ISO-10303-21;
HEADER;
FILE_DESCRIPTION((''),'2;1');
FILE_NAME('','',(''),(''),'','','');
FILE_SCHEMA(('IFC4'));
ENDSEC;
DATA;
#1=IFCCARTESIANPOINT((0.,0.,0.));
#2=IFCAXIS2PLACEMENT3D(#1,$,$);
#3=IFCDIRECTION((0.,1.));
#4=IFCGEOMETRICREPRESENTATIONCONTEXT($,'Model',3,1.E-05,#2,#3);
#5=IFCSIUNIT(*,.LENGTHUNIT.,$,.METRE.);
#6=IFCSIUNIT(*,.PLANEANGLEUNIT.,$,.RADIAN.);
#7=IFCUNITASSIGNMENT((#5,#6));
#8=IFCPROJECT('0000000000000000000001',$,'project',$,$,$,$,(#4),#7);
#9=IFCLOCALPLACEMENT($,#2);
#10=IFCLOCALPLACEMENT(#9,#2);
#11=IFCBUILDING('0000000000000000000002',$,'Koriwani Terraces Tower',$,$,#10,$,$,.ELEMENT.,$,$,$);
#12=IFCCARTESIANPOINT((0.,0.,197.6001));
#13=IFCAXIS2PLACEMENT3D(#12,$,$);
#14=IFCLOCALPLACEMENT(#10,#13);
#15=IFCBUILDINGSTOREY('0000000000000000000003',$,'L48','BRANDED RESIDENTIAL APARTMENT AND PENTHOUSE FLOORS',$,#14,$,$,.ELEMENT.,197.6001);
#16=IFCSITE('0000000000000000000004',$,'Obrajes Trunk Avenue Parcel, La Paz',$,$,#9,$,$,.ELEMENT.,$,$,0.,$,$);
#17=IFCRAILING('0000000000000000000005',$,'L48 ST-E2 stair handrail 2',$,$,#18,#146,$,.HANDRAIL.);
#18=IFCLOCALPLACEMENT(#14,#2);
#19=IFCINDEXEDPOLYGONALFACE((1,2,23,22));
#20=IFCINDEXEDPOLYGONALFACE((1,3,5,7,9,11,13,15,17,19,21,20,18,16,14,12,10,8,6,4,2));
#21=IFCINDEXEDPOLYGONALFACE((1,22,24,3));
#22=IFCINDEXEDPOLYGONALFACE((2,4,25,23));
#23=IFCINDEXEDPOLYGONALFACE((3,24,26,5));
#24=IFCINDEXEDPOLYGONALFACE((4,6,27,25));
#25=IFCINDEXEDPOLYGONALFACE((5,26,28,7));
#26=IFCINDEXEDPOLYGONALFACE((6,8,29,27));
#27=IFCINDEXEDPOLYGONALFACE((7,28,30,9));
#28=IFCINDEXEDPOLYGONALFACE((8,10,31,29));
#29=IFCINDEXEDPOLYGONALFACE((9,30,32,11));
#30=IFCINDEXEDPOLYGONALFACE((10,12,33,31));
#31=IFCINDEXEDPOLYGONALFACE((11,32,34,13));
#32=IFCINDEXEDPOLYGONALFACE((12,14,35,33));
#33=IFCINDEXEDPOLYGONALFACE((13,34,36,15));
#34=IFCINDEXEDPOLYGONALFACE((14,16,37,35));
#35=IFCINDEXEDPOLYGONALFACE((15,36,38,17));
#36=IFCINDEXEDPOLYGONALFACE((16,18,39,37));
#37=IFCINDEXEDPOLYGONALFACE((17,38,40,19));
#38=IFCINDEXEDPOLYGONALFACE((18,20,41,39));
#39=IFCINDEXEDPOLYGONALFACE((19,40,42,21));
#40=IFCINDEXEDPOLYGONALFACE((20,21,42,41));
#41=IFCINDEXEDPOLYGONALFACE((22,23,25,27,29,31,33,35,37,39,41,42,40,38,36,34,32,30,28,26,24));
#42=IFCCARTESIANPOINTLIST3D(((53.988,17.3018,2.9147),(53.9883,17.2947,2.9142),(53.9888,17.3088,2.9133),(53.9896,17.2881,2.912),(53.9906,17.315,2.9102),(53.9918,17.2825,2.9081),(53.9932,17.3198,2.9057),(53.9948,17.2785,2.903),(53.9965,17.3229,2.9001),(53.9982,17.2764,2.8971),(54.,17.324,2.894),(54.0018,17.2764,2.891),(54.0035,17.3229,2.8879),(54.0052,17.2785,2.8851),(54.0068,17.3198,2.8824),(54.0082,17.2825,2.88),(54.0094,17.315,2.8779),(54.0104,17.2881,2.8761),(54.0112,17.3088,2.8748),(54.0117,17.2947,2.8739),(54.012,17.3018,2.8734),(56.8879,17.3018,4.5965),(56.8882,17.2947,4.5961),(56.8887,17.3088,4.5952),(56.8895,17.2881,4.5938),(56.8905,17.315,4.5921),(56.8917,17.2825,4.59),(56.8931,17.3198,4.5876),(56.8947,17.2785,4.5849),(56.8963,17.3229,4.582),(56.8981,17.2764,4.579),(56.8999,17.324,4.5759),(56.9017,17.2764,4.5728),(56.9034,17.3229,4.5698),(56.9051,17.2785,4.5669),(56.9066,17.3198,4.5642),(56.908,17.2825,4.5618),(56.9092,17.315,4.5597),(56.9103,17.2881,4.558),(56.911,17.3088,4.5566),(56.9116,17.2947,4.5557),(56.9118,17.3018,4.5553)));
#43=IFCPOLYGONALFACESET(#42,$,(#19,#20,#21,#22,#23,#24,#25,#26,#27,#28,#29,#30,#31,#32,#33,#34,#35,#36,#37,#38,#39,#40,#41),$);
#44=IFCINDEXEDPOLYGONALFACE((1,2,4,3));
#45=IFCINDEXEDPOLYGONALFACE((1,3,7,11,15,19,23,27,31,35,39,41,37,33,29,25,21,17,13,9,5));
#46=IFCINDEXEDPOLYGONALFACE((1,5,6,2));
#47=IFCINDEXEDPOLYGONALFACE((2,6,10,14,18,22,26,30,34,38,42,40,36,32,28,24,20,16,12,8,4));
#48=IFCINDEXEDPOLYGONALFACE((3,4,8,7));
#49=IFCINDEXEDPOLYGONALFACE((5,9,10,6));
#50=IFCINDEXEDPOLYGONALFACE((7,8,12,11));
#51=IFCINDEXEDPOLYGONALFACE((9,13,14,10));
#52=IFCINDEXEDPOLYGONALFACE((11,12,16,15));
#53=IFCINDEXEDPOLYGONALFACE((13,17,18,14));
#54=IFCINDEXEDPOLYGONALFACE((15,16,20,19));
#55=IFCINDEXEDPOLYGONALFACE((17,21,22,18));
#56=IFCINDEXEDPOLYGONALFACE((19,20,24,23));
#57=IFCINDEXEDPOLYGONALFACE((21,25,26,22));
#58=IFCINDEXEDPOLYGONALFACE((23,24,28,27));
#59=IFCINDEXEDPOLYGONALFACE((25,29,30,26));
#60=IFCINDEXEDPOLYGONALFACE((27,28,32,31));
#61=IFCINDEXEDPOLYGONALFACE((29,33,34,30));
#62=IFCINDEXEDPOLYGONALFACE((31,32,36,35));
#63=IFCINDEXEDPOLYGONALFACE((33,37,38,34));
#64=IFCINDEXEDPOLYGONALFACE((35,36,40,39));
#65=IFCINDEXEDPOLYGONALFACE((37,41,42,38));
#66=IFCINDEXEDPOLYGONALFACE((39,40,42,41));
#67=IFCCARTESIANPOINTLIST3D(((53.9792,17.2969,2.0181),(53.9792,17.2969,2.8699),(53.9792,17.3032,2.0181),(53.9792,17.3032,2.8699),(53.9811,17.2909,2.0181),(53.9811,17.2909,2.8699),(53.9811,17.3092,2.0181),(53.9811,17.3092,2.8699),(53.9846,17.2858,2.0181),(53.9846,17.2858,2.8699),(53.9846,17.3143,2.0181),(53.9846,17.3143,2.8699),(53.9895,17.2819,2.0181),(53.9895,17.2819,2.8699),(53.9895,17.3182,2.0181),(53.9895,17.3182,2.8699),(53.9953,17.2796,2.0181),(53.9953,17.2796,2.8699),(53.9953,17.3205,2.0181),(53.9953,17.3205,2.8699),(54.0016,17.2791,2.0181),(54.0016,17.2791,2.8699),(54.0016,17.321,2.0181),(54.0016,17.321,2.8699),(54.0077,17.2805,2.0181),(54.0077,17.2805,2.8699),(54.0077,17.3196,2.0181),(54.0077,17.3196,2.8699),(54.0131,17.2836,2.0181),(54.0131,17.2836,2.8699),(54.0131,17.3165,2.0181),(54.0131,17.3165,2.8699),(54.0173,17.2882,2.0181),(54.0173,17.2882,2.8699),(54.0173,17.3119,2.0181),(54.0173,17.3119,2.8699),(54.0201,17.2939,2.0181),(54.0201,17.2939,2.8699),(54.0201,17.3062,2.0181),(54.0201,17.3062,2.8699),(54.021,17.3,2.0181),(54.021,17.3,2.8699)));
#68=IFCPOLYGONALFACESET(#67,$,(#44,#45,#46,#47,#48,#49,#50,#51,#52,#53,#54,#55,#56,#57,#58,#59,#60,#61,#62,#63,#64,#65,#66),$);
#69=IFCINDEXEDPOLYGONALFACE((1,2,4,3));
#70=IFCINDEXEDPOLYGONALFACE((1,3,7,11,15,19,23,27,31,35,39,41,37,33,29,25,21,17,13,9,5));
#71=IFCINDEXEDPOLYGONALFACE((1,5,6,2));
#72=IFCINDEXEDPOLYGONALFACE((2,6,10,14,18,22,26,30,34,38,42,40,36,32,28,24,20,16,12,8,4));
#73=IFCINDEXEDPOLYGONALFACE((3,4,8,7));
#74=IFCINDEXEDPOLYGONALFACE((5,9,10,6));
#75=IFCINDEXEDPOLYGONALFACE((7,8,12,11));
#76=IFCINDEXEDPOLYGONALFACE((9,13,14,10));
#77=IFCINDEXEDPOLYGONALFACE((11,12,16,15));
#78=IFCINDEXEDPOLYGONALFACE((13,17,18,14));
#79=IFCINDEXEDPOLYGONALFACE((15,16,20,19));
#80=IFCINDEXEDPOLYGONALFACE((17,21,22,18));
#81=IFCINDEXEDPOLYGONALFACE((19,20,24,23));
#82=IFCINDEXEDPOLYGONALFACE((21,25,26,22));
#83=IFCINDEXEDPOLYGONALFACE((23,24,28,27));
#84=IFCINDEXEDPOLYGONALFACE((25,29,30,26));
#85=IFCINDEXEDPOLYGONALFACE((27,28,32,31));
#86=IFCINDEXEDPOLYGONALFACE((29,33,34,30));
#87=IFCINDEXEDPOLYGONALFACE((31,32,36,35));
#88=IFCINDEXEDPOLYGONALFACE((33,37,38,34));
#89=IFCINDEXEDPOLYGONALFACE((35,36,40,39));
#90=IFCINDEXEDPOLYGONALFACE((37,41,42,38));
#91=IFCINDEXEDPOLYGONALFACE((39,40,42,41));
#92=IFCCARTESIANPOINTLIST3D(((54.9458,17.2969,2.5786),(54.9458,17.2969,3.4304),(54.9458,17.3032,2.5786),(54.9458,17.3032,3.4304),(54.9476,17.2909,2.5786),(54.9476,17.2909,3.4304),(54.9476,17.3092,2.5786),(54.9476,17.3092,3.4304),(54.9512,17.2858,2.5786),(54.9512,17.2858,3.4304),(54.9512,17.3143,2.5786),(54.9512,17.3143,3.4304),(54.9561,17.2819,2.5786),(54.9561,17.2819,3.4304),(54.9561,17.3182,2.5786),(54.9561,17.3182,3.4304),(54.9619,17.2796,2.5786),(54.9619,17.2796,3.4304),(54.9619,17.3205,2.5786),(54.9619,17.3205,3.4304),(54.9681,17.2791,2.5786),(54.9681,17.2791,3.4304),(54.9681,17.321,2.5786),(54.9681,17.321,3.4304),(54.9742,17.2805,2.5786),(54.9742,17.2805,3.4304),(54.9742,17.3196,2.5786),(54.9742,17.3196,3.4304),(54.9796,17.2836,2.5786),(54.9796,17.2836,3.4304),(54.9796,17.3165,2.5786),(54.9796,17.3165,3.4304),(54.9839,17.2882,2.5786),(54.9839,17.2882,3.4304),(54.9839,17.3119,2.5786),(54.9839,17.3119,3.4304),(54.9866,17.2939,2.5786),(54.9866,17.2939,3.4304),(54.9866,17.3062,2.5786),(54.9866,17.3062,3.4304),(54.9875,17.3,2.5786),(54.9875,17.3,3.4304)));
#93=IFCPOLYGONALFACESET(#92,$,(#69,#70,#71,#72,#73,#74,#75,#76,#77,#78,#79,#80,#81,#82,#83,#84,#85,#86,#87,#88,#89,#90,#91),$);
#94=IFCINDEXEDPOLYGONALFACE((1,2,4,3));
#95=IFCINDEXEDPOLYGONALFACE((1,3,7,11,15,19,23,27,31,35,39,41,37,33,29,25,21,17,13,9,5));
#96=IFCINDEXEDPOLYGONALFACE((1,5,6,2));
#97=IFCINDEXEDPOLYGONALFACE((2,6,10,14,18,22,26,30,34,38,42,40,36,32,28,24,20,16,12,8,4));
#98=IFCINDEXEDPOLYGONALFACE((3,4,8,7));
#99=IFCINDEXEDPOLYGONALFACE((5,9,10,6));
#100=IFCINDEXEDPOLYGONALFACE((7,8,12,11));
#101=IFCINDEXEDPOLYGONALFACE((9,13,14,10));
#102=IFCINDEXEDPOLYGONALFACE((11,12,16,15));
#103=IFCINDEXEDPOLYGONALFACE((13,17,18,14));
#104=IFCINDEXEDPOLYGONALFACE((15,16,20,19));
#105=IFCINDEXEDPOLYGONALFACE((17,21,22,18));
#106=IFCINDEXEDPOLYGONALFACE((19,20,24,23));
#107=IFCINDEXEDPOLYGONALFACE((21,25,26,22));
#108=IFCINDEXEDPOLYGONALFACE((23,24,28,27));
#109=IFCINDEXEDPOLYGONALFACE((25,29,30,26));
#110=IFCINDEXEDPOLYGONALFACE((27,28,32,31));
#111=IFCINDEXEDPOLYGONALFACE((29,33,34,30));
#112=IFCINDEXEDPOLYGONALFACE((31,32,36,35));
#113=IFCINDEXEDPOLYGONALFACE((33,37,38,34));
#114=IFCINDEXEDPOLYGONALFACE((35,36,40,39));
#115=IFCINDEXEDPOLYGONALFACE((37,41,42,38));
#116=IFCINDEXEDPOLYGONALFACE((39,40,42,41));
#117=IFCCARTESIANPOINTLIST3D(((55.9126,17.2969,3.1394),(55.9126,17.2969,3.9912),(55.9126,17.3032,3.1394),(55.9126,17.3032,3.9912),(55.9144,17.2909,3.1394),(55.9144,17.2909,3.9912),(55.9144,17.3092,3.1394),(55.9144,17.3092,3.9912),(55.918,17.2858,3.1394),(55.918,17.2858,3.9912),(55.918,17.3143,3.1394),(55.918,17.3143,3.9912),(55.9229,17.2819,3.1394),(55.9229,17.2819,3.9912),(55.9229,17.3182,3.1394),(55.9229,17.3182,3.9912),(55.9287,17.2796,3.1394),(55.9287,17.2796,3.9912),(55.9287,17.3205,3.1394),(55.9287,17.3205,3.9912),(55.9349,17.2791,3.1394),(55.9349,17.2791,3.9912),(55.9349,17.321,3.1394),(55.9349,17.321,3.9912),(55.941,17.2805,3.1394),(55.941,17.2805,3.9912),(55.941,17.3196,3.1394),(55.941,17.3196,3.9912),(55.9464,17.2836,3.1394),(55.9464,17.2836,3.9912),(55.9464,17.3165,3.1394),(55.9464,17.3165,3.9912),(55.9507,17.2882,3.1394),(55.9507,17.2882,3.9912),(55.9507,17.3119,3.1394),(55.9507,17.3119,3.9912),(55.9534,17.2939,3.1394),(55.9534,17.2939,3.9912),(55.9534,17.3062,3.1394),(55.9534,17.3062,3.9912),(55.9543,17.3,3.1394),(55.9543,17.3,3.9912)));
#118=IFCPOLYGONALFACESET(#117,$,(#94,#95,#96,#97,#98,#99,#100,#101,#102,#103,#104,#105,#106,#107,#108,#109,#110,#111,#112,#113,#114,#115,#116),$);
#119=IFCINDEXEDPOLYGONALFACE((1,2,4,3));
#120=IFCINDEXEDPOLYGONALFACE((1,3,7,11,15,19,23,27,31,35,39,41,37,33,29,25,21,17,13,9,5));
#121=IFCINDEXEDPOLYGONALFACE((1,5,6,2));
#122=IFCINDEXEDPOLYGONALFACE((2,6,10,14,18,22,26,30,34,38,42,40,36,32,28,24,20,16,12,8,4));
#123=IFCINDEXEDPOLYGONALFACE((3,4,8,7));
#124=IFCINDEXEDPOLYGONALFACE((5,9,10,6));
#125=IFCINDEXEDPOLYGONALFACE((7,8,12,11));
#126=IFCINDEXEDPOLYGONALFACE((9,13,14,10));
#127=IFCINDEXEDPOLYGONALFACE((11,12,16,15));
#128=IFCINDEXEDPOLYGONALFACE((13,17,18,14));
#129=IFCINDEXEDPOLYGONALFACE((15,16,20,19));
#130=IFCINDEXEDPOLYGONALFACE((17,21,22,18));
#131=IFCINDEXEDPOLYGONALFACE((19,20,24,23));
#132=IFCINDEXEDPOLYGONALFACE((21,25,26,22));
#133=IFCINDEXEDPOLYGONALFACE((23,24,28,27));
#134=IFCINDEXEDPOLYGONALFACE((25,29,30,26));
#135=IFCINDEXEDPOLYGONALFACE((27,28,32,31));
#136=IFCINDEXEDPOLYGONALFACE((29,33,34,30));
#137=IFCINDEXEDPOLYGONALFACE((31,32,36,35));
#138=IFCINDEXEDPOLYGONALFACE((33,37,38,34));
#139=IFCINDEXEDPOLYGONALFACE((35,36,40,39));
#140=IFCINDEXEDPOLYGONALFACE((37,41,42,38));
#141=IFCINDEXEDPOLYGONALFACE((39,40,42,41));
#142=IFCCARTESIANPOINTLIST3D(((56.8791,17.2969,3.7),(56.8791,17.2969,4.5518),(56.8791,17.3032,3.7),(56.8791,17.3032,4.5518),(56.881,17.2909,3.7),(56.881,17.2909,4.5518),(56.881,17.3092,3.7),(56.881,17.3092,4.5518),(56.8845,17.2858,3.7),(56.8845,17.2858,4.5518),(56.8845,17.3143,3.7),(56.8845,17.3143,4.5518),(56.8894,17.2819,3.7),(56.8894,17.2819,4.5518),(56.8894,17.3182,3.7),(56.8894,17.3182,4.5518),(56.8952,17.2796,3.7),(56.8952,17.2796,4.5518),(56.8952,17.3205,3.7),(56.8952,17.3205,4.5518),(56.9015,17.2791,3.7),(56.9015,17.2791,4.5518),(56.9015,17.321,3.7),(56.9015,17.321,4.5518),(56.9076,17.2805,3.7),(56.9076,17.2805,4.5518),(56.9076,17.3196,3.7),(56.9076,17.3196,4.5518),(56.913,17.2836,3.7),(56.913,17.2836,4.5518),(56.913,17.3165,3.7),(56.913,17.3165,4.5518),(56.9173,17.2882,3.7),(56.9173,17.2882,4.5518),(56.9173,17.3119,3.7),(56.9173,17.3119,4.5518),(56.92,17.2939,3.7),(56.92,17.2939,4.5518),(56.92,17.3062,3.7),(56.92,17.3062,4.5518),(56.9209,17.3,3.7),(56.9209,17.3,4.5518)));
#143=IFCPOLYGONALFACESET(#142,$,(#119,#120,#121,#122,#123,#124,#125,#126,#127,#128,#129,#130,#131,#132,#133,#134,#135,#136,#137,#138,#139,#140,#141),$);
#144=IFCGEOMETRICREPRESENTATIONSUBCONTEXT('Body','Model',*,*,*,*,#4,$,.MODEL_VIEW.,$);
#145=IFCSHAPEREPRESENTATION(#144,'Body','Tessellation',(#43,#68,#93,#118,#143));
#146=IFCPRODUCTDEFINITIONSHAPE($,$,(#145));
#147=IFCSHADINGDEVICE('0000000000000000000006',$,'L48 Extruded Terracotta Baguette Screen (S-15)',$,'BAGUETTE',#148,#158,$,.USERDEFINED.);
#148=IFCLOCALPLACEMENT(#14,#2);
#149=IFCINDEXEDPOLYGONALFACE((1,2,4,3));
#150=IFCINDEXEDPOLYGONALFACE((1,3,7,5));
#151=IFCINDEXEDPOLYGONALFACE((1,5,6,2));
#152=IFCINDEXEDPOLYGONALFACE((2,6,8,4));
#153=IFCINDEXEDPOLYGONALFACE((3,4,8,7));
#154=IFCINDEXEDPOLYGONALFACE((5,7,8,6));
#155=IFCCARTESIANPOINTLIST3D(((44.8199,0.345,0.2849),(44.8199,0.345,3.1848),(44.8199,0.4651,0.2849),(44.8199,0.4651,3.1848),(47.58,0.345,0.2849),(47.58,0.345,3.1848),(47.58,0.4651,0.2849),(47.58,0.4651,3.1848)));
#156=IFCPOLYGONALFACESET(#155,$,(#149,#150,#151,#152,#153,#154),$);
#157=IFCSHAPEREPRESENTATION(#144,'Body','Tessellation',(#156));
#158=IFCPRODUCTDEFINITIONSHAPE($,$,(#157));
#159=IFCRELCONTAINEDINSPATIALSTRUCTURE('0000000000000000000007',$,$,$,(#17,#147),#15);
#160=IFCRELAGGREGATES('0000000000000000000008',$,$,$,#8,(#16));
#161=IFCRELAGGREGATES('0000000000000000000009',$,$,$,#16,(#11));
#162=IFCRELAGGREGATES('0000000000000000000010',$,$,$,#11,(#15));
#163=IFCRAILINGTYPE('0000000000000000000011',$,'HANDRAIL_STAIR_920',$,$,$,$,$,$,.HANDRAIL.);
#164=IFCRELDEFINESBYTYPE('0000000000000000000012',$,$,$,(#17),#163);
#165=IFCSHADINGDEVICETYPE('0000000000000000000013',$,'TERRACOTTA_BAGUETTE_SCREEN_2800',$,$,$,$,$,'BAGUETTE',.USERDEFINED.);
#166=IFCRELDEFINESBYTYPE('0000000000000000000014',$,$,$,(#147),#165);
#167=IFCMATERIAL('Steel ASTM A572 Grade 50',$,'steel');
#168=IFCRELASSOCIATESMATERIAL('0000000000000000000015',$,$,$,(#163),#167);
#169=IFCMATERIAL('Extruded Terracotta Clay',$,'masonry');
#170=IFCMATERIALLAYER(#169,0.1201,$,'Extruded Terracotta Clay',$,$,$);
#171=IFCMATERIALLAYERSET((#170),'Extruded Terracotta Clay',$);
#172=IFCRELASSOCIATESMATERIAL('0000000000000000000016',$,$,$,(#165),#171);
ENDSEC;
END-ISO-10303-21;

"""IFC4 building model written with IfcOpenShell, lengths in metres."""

from ifc_helpers import new_model, si_unit, direction, frame, origin, origin_2d, place, context, subcontext, project, spatial, rectangle, circle, extrude, material, layer, layer_set, type_object, element, save


model = new_model("IFC4")

# Units and contexts
model_context = context("Model", 3, precision=1e-05, world=origin(), true_north=direction((0.0, 1.0)))
body_context = subcontext(model_context, "Body", "Model", "MODEL_VIEW")
ifc_project = project(units=[si_unit("LENGTHUNIT", "METRE"), si_unit("PLANEANGLEUNIT", "RADIAN")], contexts=[model_context])

# Site, building, storey
site_placement = place(None, origin())
site = spatial("IfcSite", under=ifc_project, at=site_placement, Name="Obrajes Trunk Avenue Parcel, La Paz", CompositionType="ELEMENT", RefElevation=0.0)
building_placement = place(site_placement, origin())
building = spatial("IfcBuilding", under=site, at=building_placement, Name="Koriwani Terraces Tower", CompositionType="ELEMENT")
storey_placement = place(building_placement, frame((0.0, 0.0, 197.6001)))
storey = spatial("IfcBuildingStorey", under=building, at=storey_placement, Name="L48", Description="BRANDED RESIDENTIAL APARTMENT AND PENTHOUSE FLOORS", CompositionType="ELEMENT", Elevation=197.6001)

# Shared definitions
ifc_material_1 = material(Name="Steel ASTM A572 Grade 50", Category="steel")

# Railing
railing_type = type_object("IfcRailingType", Name="HANDRAIL_STAIR_920", PredefinedType="HANDRAIL", material=ifc_material_1)
railing_placement = place(storey_placement, frame((54.0, 17.3, 2.0181)))
element("IfcRailing", 1, at=railing_placement, inside=storey, type_object=railing_type, Name="L48 ST-E2 stair handrail 2", PredefinedType="HANDRAIL", context=body_context, shape_type="SweptSolid", body=[
    extrude(circle(Radius=0.0239, at=origin_2d()), frame((0.0, 0.0, 0.876), z_axis=(0.865039, 0.0, 0.501705), x_axis=(0.0, 1.0, 0.0)), (0.0, 0.0, 1.0), 3.3523),
    extrude(circle(Radius=0.021, at=origin_2d()), origin(), (0.0, 0.0, 1.0), 0.8518),
    extrude(circle(Radius=0.021, at=origin_2d()), frame((0.9666, 0.0, 0.5605)), (0.0, 0.0, 1.0), 0.8518),
    extrude(circle(Radius=0.021, at=origin_2d()), frame((1.9333, 0.0, 1.1213)), (0.0, 0.0, 1.0), 0.8518),
    extrude(circle(Radius=0.021, at=origin_2d()), frame((2.8999, 0.0, 1.6819)), (0.0, 0.0, 1.0), 0.8518),
])

# Shading device
ifc_material_2 = material(Name="Extruded Terracotta Clay", Category="masonry")
ifc_layer_1 = layer(ifc_material_2, 0.1201, Name="Extruded Terracotta Clay")
ifc_layer_set_1 = layer_set([ifc_layer_1], Name="Extruded Terracotta Clay")
shading_device_type = type_object("IfcShadingDeviceType", Name="TERRACOTTA_BAGUETTE_SCREEN_2800", ElementType="BAGUETTE", PredefinedType="USERDEFINED", material=ifc_layer_set_1)
shading_device_placement = place(storey_placement, frame((46.2, 0.405, 0.2849), z_axis=(0.0, 0.0, 1.0), x_axis=(-1.0, 0.0, 0.0)))
element("IfcShadingDevice", 2, at=shading_device_placement, inside=storey, type_object=shading_device_type, Name="L48 Extruded Terracotta Baguette Screen (S-15)", ObjectType="BAGUETTE", PredefinedType="USERDEFINED", context=body_context, shape_type="SweptSolid", body=[
    extrude(rectangle(XDim=2.76, YDim=0.1201, at=origin_2d()), origin(), (0.0, 0.0, 1.0), 2.8999),
])

save(model, "model.ifc")
